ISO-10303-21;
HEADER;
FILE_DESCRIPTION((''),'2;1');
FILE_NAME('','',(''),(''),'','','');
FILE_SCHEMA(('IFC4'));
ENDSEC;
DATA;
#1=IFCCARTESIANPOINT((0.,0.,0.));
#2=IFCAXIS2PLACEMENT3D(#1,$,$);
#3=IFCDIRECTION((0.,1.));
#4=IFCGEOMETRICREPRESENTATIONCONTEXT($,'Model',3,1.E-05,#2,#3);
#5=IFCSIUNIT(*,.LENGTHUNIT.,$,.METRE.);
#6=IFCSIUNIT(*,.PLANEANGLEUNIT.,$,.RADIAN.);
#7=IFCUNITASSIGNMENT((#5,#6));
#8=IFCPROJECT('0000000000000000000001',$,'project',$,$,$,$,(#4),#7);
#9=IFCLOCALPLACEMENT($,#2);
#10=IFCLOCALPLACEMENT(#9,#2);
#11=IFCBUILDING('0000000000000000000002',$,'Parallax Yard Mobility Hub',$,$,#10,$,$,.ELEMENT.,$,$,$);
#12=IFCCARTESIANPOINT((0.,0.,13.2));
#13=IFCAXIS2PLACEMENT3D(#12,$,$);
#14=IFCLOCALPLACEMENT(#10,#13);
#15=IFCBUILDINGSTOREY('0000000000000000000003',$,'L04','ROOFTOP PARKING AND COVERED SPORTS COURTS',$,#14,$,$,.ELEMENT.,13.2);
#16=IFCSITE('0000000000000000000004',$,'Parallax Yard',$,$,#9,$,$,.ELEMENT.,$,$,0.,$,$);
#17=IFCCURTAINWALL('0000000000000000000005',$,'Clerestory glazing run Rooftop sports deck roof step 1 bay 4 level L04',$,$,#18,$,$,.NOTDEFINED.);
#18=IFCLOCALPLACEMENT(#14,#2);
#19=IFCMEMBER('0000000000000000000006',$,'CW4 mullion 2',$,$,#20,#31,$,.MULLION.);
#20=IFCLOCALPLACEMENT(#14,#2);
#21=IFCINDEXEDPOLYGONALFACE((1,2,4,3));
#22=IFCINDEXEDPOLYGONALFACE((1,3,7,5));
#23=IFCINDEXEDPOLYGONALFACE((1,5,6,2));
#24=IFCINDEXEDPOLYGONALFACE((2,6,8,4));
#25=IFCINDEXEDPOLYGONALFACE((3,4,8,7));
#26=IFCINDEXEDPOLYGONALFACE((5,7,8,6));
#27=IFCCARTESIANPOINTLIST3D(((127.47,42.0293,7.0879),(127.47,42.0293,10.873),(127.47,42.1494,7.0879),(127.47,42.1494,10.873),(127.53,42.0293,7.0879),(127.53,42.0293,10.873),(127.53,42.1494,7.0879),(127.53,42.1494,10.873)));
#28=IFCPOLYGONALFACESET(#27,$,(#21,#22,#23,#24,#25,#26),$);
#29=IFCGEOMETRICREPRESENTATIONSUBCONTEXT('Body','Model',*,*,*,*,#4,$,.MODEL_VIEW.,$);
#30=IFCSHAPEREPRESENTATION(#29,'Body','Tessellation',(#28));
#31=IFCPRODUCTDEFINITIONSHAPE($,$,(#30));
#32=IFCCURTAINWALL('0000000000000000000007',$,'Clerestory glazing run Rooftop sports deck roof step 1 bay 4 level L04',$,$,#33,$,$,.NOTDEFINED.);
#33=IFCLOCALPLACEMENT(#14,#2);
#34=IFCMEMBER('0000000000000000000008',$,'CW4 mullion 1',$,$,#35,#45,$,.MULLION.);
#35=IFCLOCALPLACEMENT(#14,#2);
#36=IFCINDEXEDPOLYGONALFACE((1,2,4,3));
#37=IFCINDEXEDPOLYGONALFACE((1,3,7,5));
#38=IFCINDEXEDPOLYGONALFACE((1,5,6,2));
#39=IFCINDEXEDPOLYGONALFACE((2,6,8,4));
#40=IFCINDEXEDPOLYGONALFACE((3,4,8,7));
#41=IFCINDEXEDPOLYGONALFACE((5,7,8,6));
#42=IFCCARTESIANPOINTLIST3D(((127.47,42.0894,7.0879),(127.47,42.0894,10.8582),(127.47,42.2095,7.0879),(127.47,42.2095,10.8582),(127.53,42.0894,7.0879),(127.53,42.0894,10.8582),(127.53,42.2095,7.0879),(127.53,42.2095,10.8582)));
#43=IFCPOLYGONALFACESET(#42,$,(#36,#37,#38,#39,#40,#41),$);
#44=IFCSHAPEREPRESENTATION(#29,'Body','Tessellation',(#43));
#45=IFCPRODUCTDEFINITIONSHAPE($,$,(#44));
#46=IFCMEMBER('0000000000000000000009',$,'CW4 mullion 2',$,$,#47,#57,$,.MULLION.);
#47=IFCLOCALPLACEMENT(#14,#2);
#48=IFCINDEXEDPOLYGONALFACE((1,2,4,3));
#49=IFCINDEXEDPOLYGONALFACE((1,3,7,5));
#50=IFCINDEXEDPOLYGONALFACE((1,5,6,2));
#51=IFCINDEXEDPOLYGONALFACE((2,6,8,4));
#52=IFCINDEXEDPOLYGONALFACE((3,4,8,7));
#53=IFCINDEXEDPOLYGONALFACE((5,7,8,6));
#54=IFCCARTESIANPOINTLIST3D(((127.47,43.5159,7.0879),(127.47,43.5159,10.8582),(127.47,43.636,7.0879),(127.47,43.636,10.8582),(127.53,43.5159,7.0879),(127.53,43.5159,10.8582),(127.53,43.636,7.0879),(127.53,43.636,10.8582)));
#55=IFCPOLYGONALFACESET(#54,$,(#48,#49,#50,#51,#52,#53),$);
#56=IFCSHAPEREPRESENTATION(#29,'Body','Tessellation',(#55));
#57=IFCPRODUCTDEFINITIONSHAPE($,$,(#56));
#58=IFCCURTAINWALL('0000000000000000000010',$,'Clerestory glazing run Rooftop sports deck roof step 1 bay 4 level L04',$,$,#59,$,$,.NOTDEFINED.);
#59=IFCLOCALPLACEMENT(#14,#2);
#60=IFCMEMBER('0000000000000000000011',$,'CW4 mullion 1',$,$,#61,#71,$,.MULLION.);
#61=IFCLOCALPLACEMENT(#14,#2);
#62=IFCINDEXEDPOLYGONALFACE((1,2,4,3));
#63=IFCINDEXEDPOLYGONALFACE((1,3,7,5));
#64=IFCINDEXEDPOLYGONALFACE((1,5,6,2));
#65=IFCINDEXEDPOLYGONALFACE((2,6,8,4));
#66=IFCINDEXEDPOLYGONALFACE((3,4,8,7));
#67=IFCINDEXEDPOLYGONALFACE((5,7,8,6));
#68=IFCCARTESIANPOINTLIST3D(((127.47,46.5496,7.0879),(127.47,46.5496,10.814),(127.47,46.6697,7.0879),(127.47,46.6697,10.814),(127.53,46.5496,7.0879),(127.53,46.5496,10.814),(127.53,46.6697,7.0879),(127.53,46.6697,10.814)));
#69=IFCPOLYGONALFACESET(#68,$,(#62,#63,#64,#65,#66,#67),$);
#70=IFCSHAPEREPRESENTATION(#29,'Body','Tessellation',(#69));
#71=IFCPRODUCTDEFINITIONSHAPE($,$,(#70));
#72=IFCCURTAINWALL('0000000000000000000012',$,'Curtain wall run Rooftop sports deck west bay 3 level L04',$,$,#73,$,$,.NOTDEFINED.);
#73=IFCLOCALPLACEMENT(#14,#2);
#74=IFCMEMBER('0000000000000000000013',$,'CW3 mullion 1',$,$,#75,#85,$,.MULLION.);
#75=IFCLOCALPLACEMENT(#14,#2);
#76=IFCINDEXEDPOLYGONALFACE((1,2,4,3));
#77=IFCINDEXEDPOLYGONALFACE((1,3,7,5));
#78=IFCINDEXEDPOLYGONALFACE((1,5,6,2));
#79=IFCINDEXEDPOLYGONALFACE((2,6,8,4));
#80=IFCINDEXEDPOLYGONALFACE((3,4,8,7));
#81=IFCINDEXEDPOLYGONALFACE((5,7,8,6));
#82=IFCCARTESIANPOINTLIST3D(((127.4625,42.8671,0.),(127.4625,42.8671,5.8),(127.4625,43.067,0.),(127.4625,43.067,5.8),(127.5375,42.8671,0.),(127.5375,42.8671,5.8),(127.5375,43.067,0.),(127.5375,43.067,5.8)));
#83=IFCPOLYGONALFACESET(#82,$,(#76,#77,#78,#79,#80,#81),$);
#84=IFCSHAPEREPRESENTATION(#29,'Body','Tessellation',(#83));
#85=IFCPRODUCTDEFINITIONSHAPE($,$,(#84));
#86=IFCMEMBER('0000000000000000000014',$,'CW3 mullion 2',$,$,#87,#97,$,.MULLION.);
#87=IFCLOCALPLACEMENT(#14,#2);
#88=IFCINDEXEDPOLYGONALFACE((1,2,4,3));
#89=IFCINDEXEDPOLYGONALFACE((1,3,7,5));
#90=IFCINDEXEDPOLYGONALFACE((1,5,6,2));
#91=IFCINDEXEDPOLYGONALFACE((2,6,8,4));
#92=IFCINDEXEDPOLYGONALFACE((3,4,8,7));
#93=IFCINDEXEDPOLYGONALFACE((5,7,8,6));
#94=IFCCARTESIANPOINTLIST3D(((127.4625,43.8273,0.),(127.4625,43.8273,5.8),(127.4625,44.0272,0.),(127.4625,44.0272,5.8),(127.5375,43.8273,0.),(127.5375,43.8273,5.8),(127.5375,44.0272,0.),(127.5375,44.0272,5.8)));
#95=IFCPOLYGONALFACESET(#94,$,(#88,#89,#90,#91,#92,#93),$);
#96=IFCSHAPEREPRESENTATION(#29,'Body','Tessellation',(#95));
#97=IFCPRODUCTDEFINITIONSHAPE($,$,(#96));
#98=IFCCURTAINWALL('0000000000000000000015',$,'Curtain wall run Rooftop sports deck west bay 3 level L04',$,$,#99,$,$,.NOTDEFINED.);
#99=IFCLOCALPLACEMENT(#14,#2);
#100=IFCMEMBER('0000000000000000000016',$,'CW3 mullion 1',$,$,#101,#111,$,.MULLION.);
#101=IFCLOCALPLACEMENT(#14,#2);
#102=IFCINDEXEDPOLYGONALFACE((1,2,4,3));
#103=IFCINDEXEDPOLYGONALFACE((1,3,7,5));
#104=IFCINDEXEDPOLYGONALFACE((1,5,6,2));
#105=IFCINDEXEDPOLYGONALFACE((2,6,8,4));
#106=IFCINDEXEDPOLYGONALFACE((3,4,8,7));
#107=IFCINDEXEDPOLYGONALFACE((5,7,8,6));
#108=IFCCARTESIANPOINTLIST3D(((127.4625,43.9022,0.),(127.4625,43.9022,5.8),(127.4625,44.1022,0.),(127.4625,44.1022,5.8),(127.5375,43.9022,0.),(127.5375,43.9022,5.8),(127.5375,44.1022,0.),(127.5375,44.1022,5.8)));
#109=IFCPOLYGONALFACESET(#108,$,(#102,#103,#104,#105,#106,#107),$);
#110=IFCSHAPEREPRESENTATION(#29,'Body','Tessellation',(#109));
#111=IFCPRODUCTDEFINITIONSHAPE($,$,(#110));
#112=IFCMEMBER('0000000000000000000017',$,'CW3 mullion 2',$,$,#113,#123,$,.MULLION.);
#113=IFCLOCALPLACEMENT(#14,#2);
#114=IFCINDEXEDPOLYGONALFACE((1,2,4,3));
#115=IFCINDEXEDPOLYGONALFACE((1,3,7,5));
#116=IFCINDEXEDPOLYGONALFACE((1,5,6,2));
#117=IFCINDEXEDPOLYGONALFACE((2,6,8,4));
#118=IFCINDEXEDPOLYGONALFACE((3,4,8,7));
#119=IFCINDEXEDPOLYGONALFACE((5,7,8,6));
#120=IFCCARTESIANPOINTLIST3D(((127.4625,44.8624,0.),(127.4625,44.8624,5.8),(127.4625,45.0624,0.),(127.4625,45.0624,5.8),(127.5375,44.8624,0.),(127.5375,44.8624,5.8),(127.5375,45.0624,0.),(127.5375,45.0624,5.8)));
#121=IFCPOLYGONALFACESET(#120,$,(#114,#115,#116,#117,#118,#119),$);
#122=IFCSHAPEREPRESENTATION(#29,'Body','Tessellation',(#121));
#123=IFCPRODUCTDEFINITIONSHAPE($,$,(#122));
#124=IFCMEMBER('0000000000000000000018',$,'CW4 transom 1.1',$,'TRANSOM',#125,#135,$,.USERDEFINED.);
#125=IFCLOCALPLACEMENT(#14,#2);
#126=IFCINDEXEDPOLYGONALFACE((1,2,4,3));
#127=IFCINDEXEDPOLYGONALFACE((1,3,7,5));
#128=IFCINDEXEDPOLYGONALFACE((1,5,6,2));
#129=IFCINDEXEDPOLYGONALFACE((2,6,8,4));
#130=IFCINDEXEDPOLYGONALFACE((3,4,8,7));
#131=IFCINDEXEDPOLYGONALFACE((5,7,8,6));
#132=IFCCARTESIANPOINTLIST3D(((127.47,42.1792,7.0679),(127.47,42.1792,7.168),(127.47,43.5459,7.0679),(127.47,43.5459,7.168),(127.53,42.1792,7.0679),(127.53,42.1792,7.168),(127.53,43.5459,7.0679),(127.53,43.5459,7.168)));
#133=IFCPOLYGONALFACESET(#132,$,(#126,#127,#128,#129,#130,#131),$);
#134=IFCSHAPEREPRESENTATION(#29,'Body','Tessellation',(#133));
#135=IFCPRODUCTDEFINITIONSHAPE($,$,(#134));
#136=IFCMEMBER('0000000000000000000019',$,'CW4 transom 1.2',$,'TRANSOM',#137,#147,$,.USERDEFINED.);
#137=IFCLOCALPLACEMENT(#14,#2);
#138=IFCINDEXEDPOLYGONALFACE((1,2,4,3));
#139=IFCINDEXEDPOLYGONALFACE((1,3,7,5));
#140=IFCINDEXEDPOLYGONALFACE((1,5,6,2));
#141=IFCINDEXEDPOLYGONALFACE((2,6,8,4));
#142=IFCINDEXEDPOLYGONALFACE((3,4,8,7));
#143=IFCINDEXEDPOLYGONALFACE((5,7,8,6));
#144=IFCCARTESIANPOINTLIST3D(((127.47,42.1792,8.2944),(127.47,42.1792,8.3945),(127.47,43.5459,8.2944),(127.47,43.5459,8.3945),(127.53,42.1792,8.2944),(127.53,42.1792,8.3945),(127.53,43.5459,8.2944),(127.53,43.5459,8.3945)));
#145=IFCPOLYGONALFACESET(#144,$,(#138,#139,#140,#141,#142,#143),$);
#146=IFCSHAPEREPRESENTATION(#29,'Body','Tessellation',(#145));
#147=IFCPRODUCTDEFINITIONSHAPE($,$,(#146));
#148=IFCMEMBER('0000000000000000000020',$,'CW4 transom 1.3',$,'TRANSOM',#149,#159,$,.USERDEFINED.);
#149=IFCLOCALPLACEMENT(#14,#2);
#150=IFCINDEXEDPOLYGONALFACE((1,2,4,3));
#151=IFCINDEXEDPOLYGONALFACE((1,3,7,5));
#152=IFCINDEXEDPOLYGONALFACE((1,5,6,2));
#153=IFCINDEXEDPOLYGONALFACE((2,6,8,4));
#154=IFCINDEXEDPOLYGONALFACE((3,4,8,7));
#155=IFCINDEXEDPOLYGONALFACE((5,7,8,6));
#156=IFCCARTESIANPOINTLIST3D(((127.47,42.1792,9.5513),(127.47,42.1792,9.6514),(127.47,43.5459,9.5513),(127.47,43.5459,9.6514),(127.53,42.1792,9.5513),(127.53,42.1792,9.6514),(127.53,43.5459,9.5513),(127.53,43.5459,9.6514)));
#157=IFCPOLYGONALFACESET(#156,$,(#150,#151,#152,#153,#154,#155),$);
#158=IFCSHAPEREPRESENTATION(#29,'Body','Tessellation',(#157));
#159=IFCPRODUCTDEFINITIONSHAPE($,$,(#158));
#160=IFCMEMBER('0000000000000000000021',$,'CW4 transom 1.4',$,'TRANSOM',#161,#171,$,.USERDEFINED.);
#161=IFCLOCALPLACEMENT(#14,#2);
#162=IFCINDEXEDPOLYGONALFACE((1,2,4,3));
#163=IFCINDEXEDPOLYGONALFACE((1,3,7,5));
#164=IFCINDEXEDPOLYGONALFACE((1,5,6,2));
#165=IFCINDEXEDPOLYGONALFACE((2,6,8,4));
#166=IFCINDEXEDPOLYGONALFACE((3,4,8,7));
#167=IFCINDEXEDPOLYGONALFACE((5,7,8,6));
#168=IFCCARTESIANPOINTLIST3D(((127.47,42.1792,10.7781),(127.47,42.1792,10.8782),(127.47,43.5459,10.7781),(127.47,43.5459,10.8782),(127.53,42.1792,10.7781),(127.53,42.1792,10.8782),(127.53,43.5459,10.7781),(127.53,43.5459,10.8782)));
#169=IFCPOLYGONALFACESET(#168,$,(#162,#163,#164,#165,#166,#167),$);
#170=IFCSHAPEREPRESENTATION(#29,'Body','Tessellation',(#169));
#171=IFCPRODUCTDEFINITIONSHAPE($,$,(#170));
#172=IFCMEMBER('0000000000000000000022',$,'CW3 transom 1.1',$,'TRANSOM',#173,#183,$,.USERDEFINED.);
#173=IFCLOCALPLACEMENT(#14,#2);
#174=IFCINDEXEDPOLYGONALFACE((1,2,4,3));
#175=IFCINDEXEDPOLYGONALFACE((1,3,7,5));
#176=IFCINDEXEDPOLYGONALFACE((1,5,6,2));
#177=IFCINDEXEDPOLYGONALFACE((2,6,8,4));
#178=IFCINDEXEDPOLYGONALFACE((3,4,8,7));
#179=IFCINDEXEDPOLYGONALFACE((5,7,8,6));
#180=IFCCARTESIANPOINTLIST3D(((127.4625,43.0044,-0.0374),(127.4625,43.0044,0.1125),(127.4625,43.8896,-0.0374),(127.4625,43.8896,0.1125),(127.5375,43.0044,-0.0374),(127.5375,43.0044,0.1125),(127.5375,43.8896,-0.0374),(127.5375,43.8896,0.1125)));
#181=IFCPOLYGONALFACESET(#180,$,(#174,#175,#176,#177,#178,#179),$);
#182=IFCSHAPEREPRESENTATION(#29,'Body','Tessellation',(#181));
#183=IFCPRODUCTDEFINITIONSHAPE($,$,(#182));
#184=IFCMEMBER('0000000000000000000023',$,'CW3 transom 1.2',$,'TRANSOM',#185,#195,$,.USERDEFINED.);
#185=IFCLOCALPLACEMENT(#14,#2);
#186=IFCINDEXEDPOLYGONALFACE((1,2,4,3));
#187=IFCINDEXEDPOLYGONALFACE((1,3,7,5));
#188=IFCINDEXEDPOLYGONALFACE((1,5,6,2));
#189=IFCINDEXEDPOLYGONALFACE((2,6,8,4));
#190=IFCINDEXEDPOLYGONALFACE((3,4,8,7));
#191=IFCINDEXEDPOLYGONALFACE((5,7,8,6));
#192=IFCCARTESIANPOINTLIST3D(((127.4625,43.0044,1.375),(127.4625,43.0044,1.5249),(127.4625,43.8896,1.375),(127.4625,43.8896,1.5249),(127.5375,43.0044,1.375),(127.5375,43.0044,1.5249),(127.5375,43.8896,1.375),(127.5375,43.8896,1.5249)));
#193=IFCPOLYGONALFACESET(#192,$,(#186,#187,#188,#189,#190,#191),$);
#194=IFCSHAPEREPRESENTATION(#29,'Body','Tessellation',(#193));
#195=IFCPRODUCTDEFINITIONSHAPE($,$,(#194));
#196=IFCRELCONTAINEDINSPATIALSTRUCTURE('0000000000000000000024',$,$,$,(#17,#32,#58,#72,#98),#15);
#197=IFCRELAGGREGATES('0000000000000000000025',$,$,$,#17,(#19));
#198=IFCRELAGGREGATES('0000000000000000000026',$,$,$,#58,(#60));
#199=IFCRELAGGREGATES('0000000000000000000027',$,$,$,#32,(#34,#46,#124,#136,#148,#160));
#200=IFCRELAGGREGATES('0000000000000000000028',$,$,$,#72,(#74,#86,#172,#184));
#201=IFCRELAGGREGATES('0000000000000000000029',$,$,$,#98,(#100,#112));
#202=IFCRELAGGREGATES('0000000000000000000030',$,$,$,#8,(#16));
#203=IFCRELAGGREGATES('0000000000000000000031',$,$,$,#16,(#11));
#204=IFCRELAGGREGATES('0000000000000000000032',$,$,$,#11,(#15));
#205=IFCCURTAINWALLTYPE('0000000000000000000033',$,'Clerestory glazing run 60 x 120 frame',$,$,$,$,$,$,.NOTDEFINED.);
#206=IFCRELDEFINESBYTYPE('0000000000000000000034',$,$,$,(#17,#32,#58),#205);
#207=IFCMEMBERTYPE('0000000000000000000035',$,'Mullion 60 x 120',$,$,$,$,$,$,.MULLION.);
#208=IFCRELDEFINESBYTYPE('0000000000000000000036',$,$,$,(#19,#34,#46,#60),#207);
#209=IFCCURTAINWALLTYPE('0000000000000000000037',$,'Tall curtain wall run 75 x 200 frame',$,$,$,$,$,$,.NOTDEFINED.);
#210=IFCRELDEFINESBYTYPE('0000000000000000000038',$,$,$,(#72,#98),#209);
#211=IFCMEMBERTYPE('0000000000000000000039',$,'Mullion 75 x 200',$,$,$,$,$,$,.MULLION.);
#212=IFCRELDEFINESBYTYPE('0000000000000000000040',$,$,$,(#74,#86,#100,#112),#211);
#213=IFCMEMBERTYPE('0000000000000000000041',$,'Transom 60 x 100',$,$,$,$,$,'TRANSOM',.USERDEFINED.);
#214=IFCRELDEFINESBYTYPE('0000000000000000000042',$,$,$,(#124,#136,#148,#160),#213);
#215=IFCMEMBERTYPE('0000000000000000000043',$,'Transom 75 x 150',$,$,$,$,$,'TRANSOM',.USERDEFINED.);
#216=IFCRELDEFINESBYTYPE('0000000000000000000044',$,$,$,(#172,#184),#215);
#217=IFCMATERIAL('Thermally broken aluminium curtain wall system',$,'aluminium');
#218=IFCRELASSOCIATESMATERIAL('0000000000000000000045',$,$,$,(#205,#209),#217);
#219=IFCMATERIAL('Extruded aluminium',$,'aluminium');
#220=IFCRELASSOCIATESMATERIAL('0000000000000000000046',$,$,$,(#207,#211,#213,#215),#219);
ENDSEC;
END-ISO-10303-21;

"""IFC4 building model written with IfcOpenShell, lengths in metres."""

from ifc_helpers import new_model, si_unit, direction, frame, origin, origin_2d, place, context, subcontext, project, spatial, rectangle, extrude, material, material_profile, profile_set, type_object, element, aggregate, save


model = new_model("IFC4")

# Units and contexts
model_context = context("Model", 3, precision=1e-05, world=origin(), true_north=direction((0.0, 1.0)))
body_context = subcontext(model_context, "Body", "Model", "MODEL_VIEW")
ifc_project = project(units=[si_unit("LENGTHUNIT", "METRE"), si_unit("PLANEANGLEUNIT", "RADIAN")], contexts=[model_context])

# Site, building, storey
site_placement = place(None, origin())
site = spatial("IfcSite", under=ifc_project, at=site_placement, Name="Parallax Yard", CompositionType="ELEMENT", RefElevation=0.0)
building_placement = place(site_placement, origin())
building = spatial("IfcBuilding", under=site, at=building_placement, Name="Parallax Yard Mobility Hub", CompositionType="ELEMENT")
storey_placement = place(building_placement, frame((0.0, 0.0, 13.2)))
storey = spatial("IfcBuildingStorey", under=building, at=storey_placement, Name="L04", Description="ROOFTOP PARKING AND COVERED SPORTS COURTS", CompositionType="ELEMENT", Elevation=13.2)

# Curtain wall, member
ifc_material_1 = material(Name="Thermally broken aluminium curtain wall system", Category="aluminium")
curtain_wall_type_1 = type_object("IfcCurtainWallType", Name="Clerestory glazing run 60 x 120 frame", PredefinedType="NOTDEFINED", material=ifc_material_1)
curtain_wall_1_placement = place(storey_placement, origin())
curtain_wall_1 = element("IfcCurtainWall", 1, at=curtain_wall_1_placement, inside=storey, type_object=curtain_wall_type_1, Name="Clerestory glazing run Rooftop sports deck roof step 1 bay 4 level L04", PredefinedType="NOTDEFINED")
ifc_material_2 = material(Name="Extruded aluminium", Category="aluminium")
ifc_material_profile_1 = material_profile(ifc_material_2, rectangle(XDim=0.0601, YDim=0.1201, at=origin_2d()), Name="Mullion 60 x 120")
ifc_profile_set_1 = profile_set([ifc_material_profile_1], Name="Extruded aluminium")
member_type_1 = type_object("IfcMemberType", Name="Mullion 60 x 120", PredefinedType="MULLION", material=ifc_profile_set_1)
member_1_placement = place(storey_placement, frame((127.5, 42.0894, 7.0879), z_axis=(0.0, 0.0, 1.0), x_axis=(-1.0, 0.0, 0.0)))
member_1 = element("IfcMember", 2, at=member_1_placement, type_object=member_type_1, Name="CW4 mullion 2", PredefinedType="MULLION", context=body_context, shape_type="SweptSolid", body=[
    extrude(rectangle(XDim=0.0601, YDim=0.1201, at=origin_2d()), origin(), (0.0, 0.0, 1.0), 3.7852),
])
aggregate(curtain_wall_1, [member_1])

# Curtain wall, members
curtain_wall_2_placement = place(storey_placement, origin())
curtain_wall_2 = element("IfcCurtainWall", 3, at=curtain_wall_2_placement, inside=storey, type_object=curtain_wall_type_1, Name="Clerestory glazing run Rooftop sports deck roof step 1 bay 4 level L04", PredefinedType="NOTDEFINED")
member_2_placement = place(storey_placement, frame((127.5, 42.1494, 7.0879), z_axis=(0.0, 0.0, 1.0), x_axis=(-1.0, 0.0, 0.0)))
member_2 = element("IfcMember", 4, at=member_2_placement, type_object=member_type_1, Name="CW4 mullion 1", PredefinedType="MULLION", context=body_context, shape_type="SweptSolid", body=[
    extrude(rectangle(XDim=0.0601, YDim=0.1201, at=origin_2d()), origin(), (0.0, 0.0, 1.0), 3.7703),
])
member_3_placement = place(storey_placement, frame((127.5, 43.5759, 7.0879), z_axis=(0.0, 0.0, 1.0), x_axis=(-1.0, 0.0, 0.0)))
member_3 = element("IfcMember", 5, at=member_3_placement, type_object=member_type_1, Name="CW4 mullion 2", PredefinedType="MULLION", context=body_context, shape_type="SweptSolid", body=[
    extrude(rectangle(XDim=0.0601, YDim=0.1201, at=origin_2d()), origin(), (0.0, 0.0, 1.0), 3.7703),
])

# Curtain wall, member
curtain_wall_3_placement = place(storey_placement, origin())
curtain_wall_3 = element("IfcCurtainWall", 6, at=curtain_wall_3_placement, inside=storey, type_object=curtain_wall_type_1, Name="Clerestory glazing run Rooftop sports deck roof step 1 bay 4 level L04", PredefinedType="NOTDEFINED")
member_4_placement = place(storey_placement, frame((127.5, 46.6096, 7.0879), z_axis=(0.0, 0.0, 1.0), x_axis=(-1.0, 0.0, 0.0)))
member_4 = element("IfcMember", 7, at=member_4_placement, type_object=member_type_1, Name="CW4 mullion 1", PredefinedType="MULLION", context=body_context, shape_type="SweptSolid", body=[
    extrude(rectangle(XDim=0.0601, YDim=0.1201, at=origin_2d()), origin(), (0.0, 0.0, 1.0), 3.7261),
])
aggregate(curtain_wall_3, [member_4])

# Curtain walls, members
curtain_wall_type_2 = type_object("IfcCurtainWallType", Name="Tall curtain wall run 75 x 200 frame", PredefinedType="NOTDEFINED", material=ifc_material_1)
curtain_wall_4_placement = place(storey_placement, origin())
curtain_wall_4 = element("IfcCurtainWall", 8, at=curtain_wall_4_placement, inside=storey, type_object=curtain_wall_type_2, Name="Curtain wall run Rooftop sports deck west bay 3 level L04", PredefinedType="NOTDEFINED")
ifc_material_profile_2 = material_profile(ifc_material_2, rectangle(XDim=0.075, YDim=0.2, at=origin_2d()), Name="Mullion 75 x 200")
ifc_profile_set_2 = profile_set([ifc_material_profile_2], Name="Extruded aluminium")
member_type_2 = type_object("IfcMemberType", Name="Mullion 75 x 200", PredefinedType="MULLION", material=ifc_profile_set_2)
member_5_placement = place(storey_placement, frame((127.5, 42.967, 0.0), z_axis=(0.0, 0.0, 1.0), x_axis=(-1.0, 0.0, 0.0)))
member_5 = element("IfcMember", 9, at=member_5_placement, type_object=member_type_2, Name="CW3 mullion 1", PredefinedType="MULLION", context=body_context, shape_type="SweptSolid", body=[
    extrude(rectangle(XDim=0.075, YDim=0.2, at=origin_2d()), origin(), (0.0, 0.0, 1.0), 5.8),
])
member_6_placement = place(storey_placement, frame((127.5, 43.9272, 0.0), z_axis=(0.0, 0.0, 1.0), x_axis=(-1.0, 0.0, 0.0)))
member_6 = element("IfcMember", 10, at=member_6_placement, type_object=member_type_2, Name="CW3 mullion 2", PredefinedType="MULLION", context=body_context, shape_type="SweptSolid", body=[
    extrude(rectangle(XDim=0.075, YDim=0.2, at=origin_2d()), origin(), (0.0, 0.0, 1.0), 5.8),
])
curtain_wall_5_placement = place(storey_placement, origin())
curtain_wall_5 = element("IfcCurtainWall", 11, at=curtain_wall_5_placement, inside=storey, type_object=curtain_wall_type_2, Name="Curtain wall run Rooftop sports deck west bay 3 level L04", PredefinedType="NOTDEFINED")
member_7_placement = place(storey_placement, frame((127.5, 44.0022, 0.0), z_axis=(0.0, 0.0, 1.0), x_axis=(-1.0, 0.0, 0.0)))
member_7 = element("IfcMember", 12, at=member_7_placement, type_object=member_type_2, Name="CW3 mullion 1", PredefinedType="MULLION", context=body_context, shape_type="SweptSolid", body=[
    extrude(rectangle(XDim=0.075, YDim=0.2, at=origin_2d()), origin(), (0.0, 0.0, 1.0), 5.8),
])
member_8_placement = place(storey_placement, frame((127.5, 44.9624, 0.0), z_axis=(0.0, 0.0, 1.0), x_axis=(-1.0, 0.0, 0.0)))
member_8 = element("IfcMember", 13, at=member_8_placement, type_object=member_type_2, Name="CW3 mullion 2", PredefinedType="MULLION", context=body_context, shape_type="SweptSolid", body=[
    extrude(rectangle(XDim=0.075, YDim=0.2, at=origin_2d()), origin(), (0.0, 0.0, 1.0), 5.8),
])

# Members
ifc_material_profile_3 = material_profile(ifc_material_2, rectangle(XDim=0.0601, YDim=0.1001, at=origin_2d()), Name="Transom 60 x 100")
ifc_profile_set_3 = profile_set([ifc_material_profile_3], Name="Extruded aluminium")
member_type_3 = type_object("IfcMemberType", Name="Transom 60 x 100", ElementType="TRANSOM", PredefinedType="USERDEFINED", material=ifc_profile_set_3)
member_9_placement = place(storey_placement, frame((127.5, 42.1792, 7.1179), z_axis=(0.0, 1.0, 0.0), x_axis=(-1.0, 0.0, 0.0)))
member_9 = element("IfcMember", 14, at=member_9_placement, type_object=member_type_3, Name="CW4 transom 1.1", ObjectType="TRANSOM", PredefinedType="USERDEFINED", context=body_context, shape_type="SweptSolid", body=[
    extrude(rectangle(XDim=0.0601, YDim=0.1001, at=origin_2d()), origin(), (0.0, 0.0, 1.0), 1.3667),
])
member_10_placement = place(storey_placement, frame((127.5, 42.1792, 8.3445), z_axis=(0.0, 1.0, 0.0), x_axis=(-1.0, 0.0, 0.0)))
member_10 = element("IfcMember", 15, at=member_10_placement, type_object=member_type_3, Name="CW4 transom 1.2", ObjectType="TRANSOM", PredefinedType="USERDEFINED", context=body_context, shape_type="SweptSolid", body=[
    extrude(rectangle(XDim=0.0601, YDim=0.1001, at=origin_2d()), origin(), (0.0, 0.0, 1.0), 1.3667),
])
member_11_placement = place(storey_placement, frame((127.5, 42.1792, 9.6013), z_axis=(0.0, 1.0, 0.0), x_axis=(-1.0, 0.0, 0.0)))
member_11 = element("IfcMember", 16, at=member_11_placement, type_object=member_type_3, Name="CW4 transom 1.3", ObjectType="TRANSOM", PredefinedType="USERDEFINED", context=body_context, shape_type="SweptSolid", body=[
    extrude(rectangle(XDim=0.0601, YDim=0.1001, at=origin_2d()), origin(), (0.0, 0.0, 1.0), 1.3667),
])
member_12_placement = place(storey_placement, frame((127.5, 42.1792, 10.8281), z_axis=(0.0, 1.0, 0.0), x_axis=(-1.0, 0.0, 0.0)))
member_12 = element("IfcMember", 17, at=member_12_placement, type_object=member_type_3, Name="CW4 transom 1.4", ObjectType="TRANSOM", PredefinedType="USERDEFINED", context=body_context, shape_type="SweptSolid", body=[
    extrude(rectangle(XDim=0.0601, YDim=0.1001, at=origin_2d()), origin(), (0.0, 0.0, 1.0), 1.3667),
])
ifc_material_profile_4 = material_profile(ifc_material_2, rectangle(XDim=0.075, YDim=0.1499, at=origin_2d()), Name="Transom 75 x 150")
ifc_profile_set_4 = profile_set([ifc_material_profile_4], Name="Extruded aluminium")
member_type_4 = type_object("IfcMemberType", Name="Transom 75 x 150", ElementType="TRANSOM", PredefinedType="USERDEFINED", material=ifc_profile_set_4)
member_13_placement = place(storey_placement, frame((127.5, 43.0044, 0.0376), z_axis=(0.0, 1.0, 0.0), x_axis=(-1.0, 0.0, 0.0)))
member_13 = element("IfcMember", 18, at=member_13_placement, type_object=member_type_4, Name="CW3 transom 1.1", ObjectType="TRANSOM", PredefinedType="USERDEFINED", context=body_context, shape_type="SweptSolid", body=[
    extrude(rectangle(XDim=0.075, YDim=0.1499, at=origin_2d()), origin(), (0.0, 0.0, 1.0), 0.8853),
])
member_14_placement = place(storey_placement, frame((127.5, 43.0044, 1.45), z_axis=(0.0, 1.0, 0.0), x_axis=(-1.0, 0.0, 0.0)))
member_14 = element("IfcMember", 19, at=member_14_placement, type_object=member_type_4, Name="CW3 transom 1.2", ObjectType="TRANSOM", PredefinedType="USERDEFINED", context=body_context, shape_type="SweptSolid", body=[
    extrude(rectangle(XDim=0.075, YDim=0.1499, at=origin_2d()), origin(), (0.0, 0.0, 1.0), 0.8853),
])

aggregate(curtain_wall_2, [member_2, member_3, member_9, member_10, member_11, member_12])
aggregate(curtain_wall_4, [member_5, member_6, member_13, member_14])
aggregate(curtain_wall_5, [member_7, member_8])

save(model, "model.ifc")
